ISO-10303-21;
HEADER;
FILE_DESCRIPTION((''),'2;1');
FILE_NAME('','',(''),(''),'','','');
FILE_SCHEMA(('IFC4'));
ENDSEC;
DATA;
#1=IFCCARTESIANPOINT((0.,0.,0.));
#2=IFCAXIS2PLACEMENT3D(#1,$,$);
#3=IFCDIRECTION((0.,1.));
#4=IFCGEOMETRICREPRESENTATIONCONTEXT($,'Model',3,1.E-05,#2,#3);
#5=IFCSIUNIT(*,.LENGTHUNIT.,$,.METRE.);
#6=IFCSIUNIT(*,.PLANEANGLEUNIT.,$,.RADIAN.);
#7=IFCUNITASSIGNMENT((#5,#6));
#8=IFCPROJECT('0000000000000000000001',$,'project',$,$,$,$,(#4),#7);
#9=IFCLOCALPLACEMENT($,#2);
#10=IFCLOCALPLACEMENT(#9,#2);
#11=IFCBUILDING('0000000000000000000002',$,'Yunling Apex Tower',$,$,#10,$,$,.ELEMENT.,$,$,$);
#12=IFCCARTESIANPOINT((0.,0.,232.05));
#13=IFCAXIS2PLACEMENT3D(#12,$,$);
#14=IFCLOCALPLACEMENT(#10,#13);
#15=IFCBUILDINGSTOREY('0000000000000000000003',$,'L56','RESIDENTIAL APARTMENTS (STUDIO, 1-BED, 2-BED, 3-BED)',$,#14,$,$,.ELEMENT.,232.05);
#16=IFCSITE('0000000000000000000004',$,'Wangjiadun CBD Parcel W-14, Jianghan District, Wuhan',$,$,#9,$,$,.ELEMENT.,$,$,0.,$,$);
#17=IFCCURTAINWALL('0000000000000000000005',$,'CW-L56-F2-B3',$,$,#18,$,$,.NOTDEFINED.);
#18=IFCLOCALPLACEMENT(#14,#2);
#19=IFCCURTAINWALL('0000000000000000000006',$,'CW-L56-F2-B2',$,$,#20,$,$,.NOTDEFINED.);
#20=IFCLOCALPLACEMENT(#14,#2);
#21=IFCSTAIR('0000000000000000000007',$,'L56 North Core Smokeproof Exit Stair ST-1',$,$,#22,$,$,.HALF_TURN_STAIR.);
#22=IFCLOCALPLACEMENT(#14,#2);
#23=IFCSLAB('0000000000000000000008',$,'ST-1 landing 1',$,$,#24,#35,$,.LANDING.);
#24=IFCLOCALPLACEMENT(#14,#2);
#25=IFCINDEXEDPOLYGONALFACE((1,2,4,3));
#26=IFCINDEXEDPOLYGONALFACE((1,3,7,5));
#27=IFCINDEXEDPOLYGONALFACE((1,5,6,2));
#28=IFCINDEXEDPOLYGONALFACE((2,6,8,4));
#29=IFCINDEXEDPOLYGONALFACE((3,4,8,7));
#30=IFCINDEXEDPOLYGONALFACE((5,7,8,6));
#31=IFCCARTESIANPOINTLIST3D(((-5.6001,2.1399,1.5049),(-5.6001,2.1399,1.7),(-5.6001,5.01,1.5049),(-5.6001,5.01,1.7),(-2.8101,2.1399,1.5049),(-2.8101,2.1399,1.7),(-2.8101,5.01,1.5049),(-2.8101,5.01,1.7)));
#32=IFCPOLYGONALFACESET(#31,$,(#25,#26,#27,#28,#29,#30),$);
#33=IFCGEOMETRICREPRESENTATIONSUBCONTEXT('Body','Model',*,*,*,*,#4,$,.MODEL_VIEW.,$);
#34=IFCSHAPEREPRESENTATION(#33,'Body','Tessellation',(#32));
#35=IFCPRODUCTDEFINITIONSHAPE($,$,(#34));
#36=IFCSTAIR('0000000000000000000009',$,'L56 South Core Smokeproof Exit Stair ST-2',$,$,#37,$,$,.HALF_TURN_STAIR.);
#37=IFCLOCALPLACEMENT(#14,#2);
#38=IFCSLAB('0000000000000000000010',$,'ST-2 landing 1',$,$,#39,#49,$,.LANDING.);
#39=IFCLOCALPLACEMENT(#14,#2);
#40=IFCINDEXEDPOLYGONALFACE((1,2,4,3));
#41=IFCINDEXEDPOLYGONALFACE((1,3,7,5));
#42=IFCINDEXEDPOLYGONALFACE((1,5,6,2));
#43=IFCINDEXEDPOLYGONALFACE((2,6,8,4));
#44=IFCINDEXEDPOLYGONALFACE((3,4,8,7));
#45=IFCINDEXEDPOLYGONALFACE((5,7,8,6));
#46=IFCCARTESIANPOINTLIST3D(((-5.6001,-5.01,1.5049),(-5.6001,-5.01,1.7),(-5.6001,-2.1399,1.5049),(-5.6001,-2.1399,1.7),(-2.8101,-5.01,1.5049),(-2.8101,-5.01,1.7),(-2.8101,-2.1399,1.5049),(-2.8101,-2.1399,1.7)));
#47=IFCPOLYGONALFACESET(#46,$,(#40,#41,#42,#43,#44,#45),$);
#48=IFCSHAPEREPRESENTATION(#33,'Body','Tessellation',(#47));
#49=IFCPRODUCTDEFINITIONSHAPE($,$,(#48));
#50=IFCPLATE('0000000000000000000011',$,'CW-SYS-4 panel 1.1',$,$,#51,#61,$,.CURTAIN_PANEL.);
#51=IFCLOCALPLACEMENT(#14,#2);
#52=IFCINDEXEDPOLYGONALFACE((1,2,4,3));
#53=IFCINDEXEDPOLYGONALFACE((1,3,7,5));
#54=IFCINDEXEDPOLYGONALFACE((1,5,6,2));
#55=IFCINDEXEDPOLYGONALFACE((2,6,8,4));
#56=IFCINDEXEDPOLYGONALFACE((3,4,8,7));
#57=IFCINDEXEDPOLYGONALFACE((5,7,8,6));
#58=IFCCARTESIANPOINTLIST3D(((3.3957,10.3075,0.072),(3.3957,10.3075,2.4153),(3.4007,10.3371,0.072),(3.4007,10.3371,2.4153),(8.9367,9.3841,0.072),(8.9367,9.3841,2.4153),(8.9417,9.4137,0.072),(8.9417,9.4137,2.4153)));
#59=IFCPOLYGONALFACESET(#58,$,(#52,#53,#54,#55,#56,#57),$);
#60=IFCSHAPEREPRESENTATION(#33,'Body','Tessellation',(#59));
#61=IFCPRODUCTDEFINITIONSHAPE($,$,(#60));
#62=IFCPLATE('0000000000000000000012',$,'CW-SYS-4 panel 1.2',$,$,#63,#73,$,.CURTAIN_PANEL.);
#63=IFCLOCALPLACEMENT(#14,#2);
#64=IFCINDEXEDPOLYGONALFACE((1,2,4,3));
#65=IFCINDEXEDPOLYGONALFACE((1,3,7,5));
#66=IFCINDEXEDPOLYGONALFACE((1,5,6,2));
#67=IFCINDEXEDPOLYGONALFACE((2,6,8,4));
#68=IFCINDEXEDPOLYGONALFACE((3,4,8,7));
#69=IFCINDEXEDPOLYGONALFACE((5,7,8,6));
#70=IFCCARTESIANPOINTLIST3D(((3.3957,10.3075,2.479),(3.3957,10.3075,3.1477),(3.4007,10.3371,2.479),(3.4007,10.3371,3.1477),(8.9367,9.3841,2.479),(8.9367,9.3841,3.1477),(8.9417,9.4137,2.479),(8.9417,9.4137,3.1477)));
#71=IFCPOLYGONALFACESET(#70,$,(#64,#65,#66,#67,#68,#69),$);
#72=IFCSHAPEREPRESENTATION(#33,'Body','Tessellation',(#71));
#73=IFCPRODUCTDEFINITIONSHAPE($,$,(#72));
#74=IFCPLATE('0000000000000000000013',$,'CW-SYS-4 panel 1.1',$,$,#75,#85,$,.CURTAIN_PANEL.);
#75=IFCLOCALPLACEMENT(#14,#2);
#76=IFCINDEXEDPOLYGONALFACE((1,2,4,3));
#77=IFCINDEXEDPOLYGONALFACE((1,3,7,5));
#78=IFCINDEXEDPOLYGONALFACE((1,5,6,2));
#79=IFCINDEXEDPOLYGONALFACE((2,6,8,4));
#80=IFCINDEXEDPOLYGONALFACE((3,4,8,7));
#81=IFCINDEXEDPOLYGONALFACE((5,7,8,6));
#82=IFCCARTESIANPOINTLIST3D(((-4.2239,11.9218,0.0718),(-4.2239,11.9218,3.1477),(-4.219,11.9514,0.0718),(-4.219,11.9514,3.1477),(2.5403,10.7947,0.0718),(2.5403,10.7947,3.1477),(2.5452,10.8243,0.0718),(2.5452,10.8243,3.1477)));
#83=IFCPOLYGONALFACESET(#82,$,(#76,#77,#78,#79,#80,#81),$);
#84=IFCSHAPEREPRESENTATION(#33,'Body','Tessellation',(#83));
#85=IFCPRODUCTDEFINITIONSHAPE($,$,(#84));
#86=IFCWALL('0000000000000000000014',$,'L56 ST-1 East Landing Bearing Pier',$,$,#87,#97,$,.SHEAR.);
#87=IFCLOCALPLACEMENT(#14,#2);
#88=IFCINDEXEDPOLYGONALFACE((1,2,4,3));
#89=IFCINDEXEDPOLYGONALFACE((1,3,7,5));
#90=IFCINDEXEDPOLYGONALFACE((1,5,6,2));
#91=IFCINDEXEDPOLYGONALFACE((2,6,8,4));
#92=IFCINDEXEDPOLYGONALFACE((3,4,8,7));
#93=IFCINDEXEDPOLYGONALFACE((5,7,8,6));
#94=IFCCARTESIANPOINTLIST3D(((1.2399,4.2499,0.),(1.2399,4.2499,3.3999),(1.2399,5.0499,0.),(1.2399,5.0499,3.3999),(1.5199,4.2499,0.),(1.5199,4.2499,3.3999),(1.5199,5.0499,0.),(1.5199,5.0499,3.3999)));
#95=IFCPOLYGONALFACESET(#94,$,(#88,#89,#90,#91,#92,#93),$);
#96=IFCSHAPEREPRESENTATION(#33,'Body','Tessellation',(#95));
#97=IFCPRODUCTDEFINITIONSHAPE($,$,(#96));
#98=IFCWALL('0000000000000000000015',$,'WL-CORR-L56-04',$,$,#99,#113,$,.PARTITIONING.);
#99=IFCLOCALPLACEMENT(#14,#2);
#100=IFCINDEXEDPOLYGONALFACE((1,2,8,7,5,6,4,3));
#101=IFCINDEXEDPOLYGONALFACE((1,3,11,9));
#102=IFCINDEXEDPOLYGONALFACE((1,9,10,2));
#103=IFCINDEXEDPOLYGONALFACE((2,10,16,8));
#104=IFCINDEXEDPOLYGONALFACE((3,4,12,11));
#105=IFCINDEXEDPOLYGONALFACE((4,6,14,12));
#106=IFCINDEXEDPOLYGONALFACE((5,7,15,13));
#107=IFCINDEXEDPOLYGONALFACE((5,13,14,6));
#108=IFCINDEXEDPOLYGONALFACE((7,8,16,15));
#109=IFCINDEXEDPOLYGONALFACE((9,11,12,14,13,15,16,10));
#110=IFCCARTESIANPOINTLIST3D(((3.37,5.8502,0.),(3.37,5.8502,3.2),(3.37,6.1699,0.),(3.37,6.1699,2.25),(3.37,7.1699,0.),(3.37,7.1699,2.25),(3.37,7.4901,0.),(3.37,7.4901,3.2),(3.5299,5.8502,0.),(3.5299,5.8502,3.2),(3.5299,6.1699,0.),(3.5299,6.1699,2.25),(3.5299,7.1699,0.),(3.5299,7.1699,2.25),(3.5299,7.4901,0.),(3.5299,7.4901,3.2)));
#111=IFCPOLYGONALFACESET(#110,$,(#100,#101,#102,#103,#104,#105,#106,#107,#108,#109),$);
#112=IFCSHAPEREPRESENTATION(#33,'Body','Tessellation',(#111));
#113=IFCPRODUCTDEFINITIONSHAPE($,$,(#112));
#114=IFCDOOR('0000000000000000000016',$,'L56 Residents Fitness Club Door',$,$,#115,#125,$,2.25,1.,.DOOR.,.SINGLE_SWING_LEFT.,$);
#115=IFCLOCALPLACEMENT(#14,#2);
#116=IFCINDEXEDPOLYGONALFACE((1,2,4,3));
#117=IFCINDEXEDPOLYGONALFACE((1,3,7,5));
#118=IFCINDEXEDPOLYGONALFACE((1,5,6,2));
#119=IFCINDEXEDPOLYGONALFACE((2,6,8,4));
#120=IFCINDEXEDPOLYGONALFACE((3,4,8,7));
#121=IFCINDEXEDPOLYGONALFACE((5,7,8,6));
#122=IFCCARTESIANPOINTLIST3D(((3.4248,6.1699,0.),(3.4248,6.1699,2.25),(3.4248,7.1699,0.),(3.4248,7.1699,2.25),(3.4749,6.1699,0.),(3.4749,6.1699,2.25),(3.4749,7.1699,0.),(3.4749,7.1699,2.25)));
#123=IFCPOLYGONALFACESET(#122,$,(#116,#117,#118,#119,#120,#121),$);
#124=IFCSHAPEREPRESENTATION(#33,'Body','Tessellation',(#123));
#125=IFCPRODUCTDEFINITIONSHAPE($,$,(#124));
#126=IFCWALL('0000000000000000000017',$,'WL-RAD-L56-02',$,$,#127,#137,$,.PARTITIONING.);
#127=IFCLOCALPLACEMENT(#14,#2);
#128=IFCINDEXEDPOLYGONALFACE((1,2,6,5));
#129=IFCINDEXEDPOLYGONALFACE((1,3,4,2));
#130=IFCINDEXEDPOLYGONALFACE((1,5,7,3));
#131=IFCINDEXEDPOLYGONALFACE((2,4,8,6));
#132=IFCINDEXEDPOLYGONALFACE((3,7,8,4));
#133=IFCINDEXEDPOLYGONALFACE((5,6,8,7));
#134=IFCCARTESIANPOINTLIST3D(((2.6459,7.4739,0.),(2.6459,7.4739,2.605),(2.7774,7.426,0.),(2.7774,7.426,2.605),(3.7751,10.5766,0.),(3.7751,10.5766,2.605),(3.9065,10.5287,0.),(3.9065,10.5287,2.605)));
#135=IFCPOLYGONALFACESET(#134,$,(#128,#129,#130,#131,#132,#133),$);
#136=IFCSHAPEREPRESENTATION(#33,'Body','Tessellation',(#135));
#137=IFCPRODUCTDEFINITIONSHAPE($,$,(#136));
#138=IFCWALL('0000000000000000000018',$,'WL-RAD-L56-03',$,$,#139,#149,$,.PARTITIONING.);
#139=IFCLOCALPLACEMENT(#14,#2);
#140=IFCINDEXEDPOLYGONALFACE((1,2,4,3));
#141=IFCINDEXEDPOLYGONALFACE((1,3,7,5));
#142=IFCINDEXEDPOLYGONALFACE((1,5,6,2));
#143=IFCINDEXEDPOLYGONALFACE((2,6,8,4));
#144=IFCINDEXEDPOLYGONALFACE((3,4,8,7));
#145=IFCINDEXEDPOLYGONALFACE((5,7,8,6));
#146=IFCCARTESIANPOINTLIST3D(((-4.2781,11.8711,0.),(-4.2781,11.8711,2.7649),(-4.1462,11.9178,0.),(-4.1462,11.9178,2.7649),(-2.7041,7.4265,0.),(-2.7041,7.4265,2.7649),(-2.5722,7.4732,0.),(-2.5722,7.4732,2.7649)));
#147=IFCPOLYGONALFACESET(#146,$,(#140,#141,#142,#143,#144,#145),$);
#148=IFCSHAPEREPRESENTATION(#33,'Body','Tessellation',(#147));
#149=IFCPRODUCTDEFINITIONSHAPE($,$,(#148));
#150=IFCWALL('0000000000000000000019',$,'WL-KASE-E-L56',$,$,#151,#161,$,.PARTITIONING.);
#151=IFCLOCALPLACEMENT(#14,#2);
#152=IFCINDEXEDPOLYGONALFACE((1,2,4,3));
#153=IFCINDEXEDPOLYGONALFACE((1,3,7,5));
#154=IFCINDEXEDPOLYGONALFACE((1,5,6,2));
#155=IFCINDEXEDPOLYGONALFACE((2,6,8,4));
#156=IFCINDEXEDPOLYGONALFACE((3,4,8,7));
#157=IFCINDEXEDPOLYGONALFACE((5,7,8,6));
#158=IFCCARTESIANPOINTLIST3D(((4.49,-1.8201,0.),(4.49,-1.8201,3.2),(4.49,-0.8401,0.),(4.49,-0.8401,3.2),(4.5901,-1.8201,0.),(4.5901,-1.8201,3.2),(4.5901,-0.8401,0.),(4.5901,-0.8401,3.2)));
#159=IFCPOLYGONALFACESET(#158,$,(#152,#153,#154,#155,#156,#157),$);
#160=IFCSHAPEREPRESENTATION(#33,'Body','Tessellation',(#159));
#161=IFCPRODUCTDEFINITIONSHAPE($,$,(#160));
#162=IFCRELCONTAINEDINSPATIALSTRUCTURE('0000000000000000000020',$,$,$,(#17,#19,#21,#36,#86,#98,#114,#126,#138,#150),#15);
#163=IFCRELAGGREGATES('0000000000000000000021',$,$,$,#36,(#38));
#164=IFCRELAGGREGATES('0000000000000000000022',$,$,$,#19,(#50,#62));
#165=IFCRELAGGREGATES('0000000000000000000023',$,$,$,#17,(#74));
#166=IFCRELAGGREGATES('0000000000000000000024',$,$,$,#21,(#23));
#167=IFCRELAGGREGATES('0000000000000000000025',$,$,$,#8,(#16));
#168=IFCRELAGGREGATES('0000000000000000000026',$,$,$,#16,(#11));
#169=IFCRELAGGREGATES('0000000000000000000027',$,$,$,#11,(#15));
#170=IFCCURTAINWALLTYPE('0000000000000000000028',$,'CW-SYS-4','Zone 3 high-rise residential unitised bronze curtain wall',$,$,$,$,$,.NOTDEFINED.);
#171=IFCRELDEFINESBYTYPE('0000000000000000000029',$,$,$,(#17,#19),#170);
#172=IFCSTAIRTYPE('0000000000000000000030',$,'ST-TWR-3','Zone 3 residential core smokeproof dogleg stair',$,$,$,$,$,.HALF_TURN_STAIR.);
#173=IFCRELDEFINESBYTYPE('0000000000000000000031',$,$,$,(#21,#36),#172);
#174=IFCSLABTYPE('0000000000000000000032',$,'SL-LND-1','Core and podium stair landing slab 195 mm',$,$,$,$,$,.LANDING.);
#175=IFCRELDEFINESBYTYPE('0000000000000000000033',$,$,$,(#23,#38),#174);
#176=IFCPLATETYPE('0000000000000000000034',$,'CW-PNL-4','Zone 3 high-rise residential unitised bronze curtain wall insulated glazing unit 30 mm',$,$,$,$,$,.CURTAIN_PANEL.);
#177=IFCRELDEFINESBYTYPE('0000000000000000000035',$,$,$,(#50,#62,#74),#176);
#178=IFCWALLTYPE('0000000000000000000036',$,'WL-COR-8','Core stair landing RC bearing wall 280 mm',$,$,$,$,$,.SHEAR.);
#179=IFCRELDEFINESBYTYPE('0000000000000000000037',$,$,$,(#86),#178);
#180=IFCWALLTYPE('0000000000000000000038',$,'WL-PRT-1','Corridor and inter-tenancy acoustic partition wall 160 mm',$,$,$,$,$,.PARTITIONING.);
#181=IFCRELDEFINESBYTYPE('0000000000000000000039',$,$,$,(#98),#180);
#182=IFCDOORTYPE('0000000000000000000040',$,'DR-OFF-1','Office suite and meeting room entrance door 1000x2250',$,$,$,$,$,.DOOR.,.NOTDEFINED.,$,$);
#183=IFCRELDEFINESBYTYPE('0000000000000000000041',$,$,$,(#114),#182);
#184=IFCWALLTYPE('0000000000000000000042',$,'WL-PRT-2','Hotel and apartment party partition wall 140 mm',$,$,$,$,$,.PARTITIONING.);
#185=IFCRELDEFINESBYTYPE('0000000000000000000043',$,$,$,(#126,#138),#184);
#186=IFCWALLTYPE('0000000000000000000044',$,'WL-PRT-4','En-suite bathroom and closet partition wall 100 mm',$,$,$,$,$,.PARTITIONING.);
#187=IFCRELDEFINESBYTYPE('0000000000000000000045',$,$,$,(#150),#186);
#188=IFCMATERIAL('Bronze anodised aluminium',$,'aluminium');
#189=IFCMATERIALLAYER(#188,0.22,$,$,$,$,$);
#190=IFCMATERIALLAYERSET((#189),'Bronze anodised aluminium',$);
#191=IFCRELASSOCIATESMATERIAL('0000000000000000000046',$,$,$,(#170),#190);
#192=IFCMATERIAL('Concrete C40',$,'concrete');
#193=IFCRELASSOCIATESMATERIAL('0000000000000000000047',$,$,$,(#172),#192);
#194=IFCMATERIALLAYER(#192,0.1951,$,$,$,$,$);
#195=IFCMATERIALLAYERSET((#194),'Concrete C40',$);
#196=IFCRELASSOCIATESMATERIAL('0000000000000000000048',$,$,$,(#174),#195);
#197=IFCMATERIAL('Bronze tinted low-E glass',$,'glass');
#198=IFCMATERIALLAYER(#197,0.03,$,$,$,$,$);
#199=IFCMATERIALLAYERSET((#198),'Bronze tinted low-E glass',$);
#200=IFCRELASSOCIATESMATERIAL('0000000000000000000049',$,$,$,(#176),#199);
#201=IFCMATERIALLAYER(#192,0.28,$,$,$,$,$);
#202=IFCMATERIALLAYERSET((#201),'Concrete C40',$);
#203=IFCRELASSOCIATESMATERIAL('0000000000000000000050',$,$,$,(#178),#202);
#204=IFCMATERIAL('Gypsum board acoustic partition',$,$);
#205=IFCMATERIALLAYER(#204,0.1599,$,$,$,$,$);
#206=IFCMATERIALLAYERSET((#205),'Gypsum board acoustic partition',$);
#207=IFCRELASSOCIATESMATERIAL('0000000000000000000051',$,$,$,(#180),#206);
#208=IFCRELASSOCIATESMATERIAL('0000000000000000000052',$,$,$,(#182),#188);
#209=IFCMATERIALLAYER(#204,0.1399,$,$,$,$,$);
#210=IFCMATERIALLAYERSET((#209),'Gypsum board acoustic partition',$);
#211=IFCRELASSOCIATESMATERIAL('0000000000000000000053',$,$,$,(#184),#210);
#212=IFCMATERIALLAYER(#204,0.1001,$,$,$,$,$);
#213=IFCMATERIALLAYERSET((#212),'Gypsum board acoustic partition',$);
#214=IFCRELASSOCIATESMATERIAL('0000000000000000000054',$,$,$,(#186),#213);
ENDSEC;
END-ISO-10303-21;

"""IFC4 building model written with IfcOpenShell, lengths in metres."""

from ifc_helpers import new_model, si_unit, direction, frame, frame_2d, origin, origin_2d, place, context, subcontext, project, spatial, polyline, rectangle, outline, extrude, source, transform, mapped, material, layer, layer_set, type_object, element, fill, aggregate, save


model = new_model("IFC4")

# Units and contexts
model_context = context("Model", 3, precision=1e-05, world=origin(), true_north=direction((0.0, 1.0)))
body_context = subcontext(model_context, "Body", "Model", "MODEL_VIEW")
ifc_project = project(units=[si_unit("LENGTHUNIT", "METRE"), si_unit("PLANEANGLEUNIT", "RADIAN")], contexts=[model_context])

# Site, building, storey
site_placement = place(None, origin())
site = spatial("IfcSite", under=ifc_project, at=site_placement, Name="Wangjiadun CBD Parcel W-14, Jianghan District, Wuhan", CompositionType="ELEMENT", RefElevation=0.0)
building_placement = place(site_placement, origin())
building = spatial("IfcBuilding", under=site, at=building_placement, Name="Yunling Apex Tower", CompositionType="ELEMENT")
storey_placement = place(building_placement, frame((0.0, 0.0, 232.05)))
storey = spatial("IfcBuildingStorey", under=building, at=storey_placement, Name="L56", Description="RESIDENTIAL APARTMENTS (STUDIO, 1-BED, 2-BED, 3-BED)", CompositionType="ELEMENT", Elevation=232.05)

# Curtain wall
ifc_material_1 = material(Name="Bronze anodised aluminium", Category="aluminium")
ifc_layer_1 = layer(ifc_material_1, 0.22)
ifc_layer_set_1 = layer_set([ifc_layer_1], Name="Bronze anodised aluminium")
curtain_wall_type = type_object("IfcCurtainWallType", Name="CW-SYS-4", Description="Zone 3 high-rise residential unitised bronze curtain wall", PredefinedType="NOTDEFINED", material=ifc_layer_set_1)
curtain_wall_1_placement = place(storey_placement, origin())
curtain_wall_1 = element("IfcCurtainWall", 1, at=curtain_wall_1_placement, inside=storey, type_object=curtain_wall_type, Name="CW-L56-F2-B3", PredefinedType="NOTDEFINED")

# Curtain wall
curtain_wall_2_placement = place(storey_placement, origin())
curtain_wall_2 = element("IfcCurtainWall", 2, at=curtain_wall_2_placement, inside=storey, type_object=curtain_wall_type, Name="CW-L56-F2-B2", PredefinedType="NOTDEFINED")

# Shared definitions
ifc_material_2 = material(Name="Concrete C40", Category="concrete")

# Stairs, slabs
stair_type = type_object("IfcStairType", Name="ST-TWR-3", Description="Zone 3 residential core smokeproof dogleg stair", PredefinedType="HALF_TURN_STAIR", material=ifc_material_2)
stair_1_placement = place(storey_placement, origin())
stair_1 = element("IfcStair", 3, at=stair_1_placement, inside=storey, type_object=stair_type, Name="L56 North Core Smokeproof Exit Stair ST-1", PredefinedType="HALF_TURN_STAIR")
ifc_layer_2 = layer(ifc_material_2, 0.1951)
ifc_layer_set_2 = layer_set([ifc_layer_2], Name="Concrete C40")
slab_type_1 = type_object("IfcSlabType", Name="SL-LND-1", Description="Core and podium stair landing slab 195 mm", PredefinedType="LANDING", material=ifc_layer_set_2)
slab_1_placement = place(storey_placement, frame((0.0, 0.0, 1.5049)))
slab_1 = element("IfcSlab", 4, at=slab_1_placement, type_object=slab_type_1, Name="ST-1 landing 1", PredefinedType="LANDING", context=body_context, shape_type="SweptSolid", body=[
    extrude(outline(polyline([(-2.8101, 5.01), (-5.6001, 5.01), (-5.6001, 2.1399), (-2.8101, 2.1399), (-2.8101, 5.01)])), origin(), (0.0, 0.0, 1.0), 0.1951),
])
stair_2_placement = place(storey_placement, origin())
stair_2 = element("IfcStair", 5, at=stair_2_placement, inside=storey, type_object=stair_type, Name="L56 South Core Smokeproof Exit Stair ST-2", PredefinedType="HALF_TURN_STAIR")
slab_2_placement = place(storey_placement, frame((0.0, 0.0, 1.5049)))
slab_2 = element("IfcSlab", 6, at=slab_2_placement, type_object=slab_type_1, Name="ST-2 landing 1", PredefinedType="LANDING", context=body_context, shape_type="SweptSolid", body=[
    extrude(outline(polyline([(-2.8101, -2.1399), (-5.6001, -2.1399), (-5.6001, -5.01), (-2.8101, -5.01), (-2.8101, -2.1399)])), origin(), (0.0, 0.0, 1.0), 0.1951),
])
aggregate(stair_2, [slab_2])

# Plates
ifc_material_3 = material(Name="Bronze tinted low-E glass", Category="glass")
ifc_layer_3 = layer(ifc_material_3, 0.03)
ifc_layer_set_3 = layer_set([ifc_layer_3], Name="Bronze tinted low-E glass")
plate_type = type_object("IfcPlateType", Name="CW-PNL-4", Description="Zone 3 high-rise residential unitised bronze curtain wall insulated glazing unit 30 mm", PredefinedType="CURTAIN_PANEL", material=ifc_layer_set_3)
shared_shape_1 = source(origin(), body_context, "Body", "SweptSolid", [
    extrude(rectangle(XDim=5.6174, YDim=0.03, at=origin_2d()), origin(), (0.0, 0.0, 1.0), 2.3433),
])
plate_1_placement = place(storey_placement, frame((6.1687, 9.8606, 0.072), z_axis=(0.0, 0.0, 1.0), x_axis=(-0.986399, 0.164371, 0.0)))
plate_1 = element("IfcPlate", 7, at=plate_1_placement, type_object=plate_type, Name="CW-SYS-4 panel 1.1", PredefinedType="CURTAIN_PANEL", context=body_context, shape_type="MappedRepresentation", body=[
    mapped(shared_shape_1, transform((0.0, 0.0, 0.0), scale=1.0)),
])
shared_shape_2 = source(origin(), body_context, "Body", "SweptSolid", [
    extrude(rectangle(XDim=5.6174, YDim=0.03, at=origin_2d()), origin(), (0.0, 0.0, 1.0), 0.6687),
])
plate_2_placement = place(storey_placement, frame((6.1687, 9.8606, 2.479), z_axis=(0.0, 0.0, 1.0), x_axis=(-0.986399, 0.164371, 0.0)))
plate_2 = element("IfcPlate", 8, at=plate_2_placement, type_object=plate_type, Name="CW-SYS-4 panel 1.2", PredefinedType="CURTAIN_PANEL", context=body_context, shape_type="MappedRepresentation", body=[
    mapped(shared_shape_2, transform((0.0, 0.0, 0.0), scale=1.0)),
])
aggregate(curtain_wall_2, [plate_1, plate_2])
shared_shape_3 = source(origin(), body_context, "Body", "SweptSolid", [
    extrude(rectangle(XDim=6.8574, YDim=0.03, at=origin_2d()), origin(), (0.0, 0.0, 1.0), 3.0759),
])
plate_3_placement = place(storey_placement, frame((-0.8394, 11.373, 0.0718), z_axis=(0.0, 0.0, 1.0), x_axis=(-0.986402, 0.164353, 0.0)))
plate_3 = element("IfcPlate", 9, at=plate_3_placement, type_object=plate_type, Name="CW-SYS-4 panel 1.1", PredefinedType="CURTAIN_PANEL", context=body_context, shape_type="MappedRepresentation", body=[
    mapped(shared_shape_3, transform((0.0, 0.0, 0.0), scale=1.0)),
])
aggregate(curtain_wall_1, [plate_3])

# Wall
ifc_layer_4 = layer(ifc_material_2, 0.28)
ifc_layer_set_4 = layer_set([ifc_layer_4], Name="Concrete C40")
wall_type_1 = type_object("IfcWallType", Name="WL-COR-8", Description="Core stair landing RC bearing wall 280 mm", PredefinedType="SHEAR", material=ifc_layer_set_4)
wall_1_placement = place(storey_placement, frame((1.3799, 4.25, 0.0), z_axis=(0.0, 0.0, 1.0), x_axis=(0.0, 1.0, 0.0)))
element("IfcWall", 10, at=wall_1_placement, inside=storey, type_object=wall_type_1, Name="L56 ST-1 East Landing Bearing Pier", PredefinedType="SHEAR", context=body_context, shape_type="SweptSolid", body=[
    extrude(rectangle(XDim=0.8, YDim=0.28, at=frame_2d((0.3999, 0.0))), origin(), (0.0, 0.0, 1.0), 3.3999),
])

# Wall, opening, door
ifc_material_4 = material(Name="Gypsum board acoustic partition")
ifc_layer_5 = layer(ifc_material_4, 0.1599)
ifc_layer_set_5 = layer_set([ifc_layer_5], Name="Gypsum board acoustic partition")
wall_type_2 = type_object("IfcWallType", Name="WL-PRT-1", Description="Corridor and inter-tenancy acoustic partition wall 160 mm", PredefinedType="PARTITIONING", material=ifc_layer_set_5)
wall_2_placement = place(storey_placement, frame((3.45, 7.49, 0.0), z_axis=(0.0, 0.0, 1.0), x_axis=(0.0, -1.0, 0.0)))
wall_2 = element("IfcWall", 11, at=wall_2_placement, inside=storey, type_object=wall_type_2, Name="WL-CORR-L56-04", PredefinedType="PARTITIONING", context=body_context, shape_type="SweptSolid", body=[
    extrude(rectangle(XDim=1.6399, YDim=0.1599, at=frame_2d((0.8198, 0.0))), origin(), (0.0, 0.0, 1.0), 3.2),
])
opening_1_placement = place(wall_2_placement, frame((0.3201, 0.0, 0.0)))
opening_1 = element("IfcOpeningElement", 12, at=opening_1_placement, cuts=wall_2, PredefinedType="OPENING", context=body_context, shape_type="SweptSolid", body=[
    extrude(rectangle(XDim=1.0, YDim=2.25, at=frame_2d((0.5, 1.125))), frame((0.0, 0.0898, 0.0), z_axis=(0.0, -1.0, 0.0), x_axis=(1.0, 0.0, 0.0)), (0.0, 0.0, 1.0), 0.1799),
])
door_type_1 = type_object("IfcDoorType", Name="DR-OFF-1", Description="Office suite and meeting room entrance door 1000x2250", OperationType="NOTDEFINED", PredefinedType="DOOR", material=ifc_material_1)
door_1_placement = place(opening_1_placement, origin())
door_1 = element("IfcDoor", 13, at=door_1_placement, inside=storey, type_object=door_type_1, Name="L56 Residents Fitness Club Door", OperationType="SINGLE_SWING_LEFT", OverallHeight=2.25, OverallWidth=1.0, PredefinedType="DOOR", context=body_context, shape_type="SweptSolid", body=[
    extrude(rectangle(XDim=1.0, YDim=2.25, at=frame_2d((0.5, 1.125))), frame((0.0, 0.0249, 0.0), z_axis=(0.0, -1.0, 0.0), x_axis=(1.0, 0.0, 0.0)), (0.0, 0.0, 1.0), 0.05),
])
fill(opening_1, door_1)

# Walls
ifc_layer_6 = layer(ifc_material_4, 0.1399)
ifc_layer_set_6 = layer_set([ifc_layer_6], Name="Gypsum board acoustic partition")
wall_type_3 = type_object("IfcWallType", Name="WL-PRT-2", Description="Hotel and apartment party partition wall 140 mm", PredefinedType="PARTITIONING", material=ifc_layer_set_6)
wall_3_placement = place(storey_placement, frame((2.7117, 7.45, 0.0), z_axis=(0.0, 0.0, 1.0), x_axis=(0.341975, 0.939709, 0.0)))
element("IfcWall", 14, at=wall_3_placement, inside=storey, type_object=wall_type_3, Name="WL-RAD-L56-02", PredefinedType="PARTITIONING", context=body_context, shape_type="SweptSolid", body=[
    extrude(rectangle(XDim=3.3018, YDim=0.1399, at=frame_2d((1.6509, 0.0))), origin(), (0.0, 0.0, 1.0), 2.605),
])
wall_4_placement = place(storey_placement, frame((-2.6382, 7.45, 0.0), z_axis=(0.0, 0.0, 1.0), x_axis=(-0.333819, 0.942637, 0.0)))
element("IfcWall", 15, at=wall_4_placement, inside=storey, type_object=wall_type_3, Name="WL-RAD-L56-03", PredefinedType="PARTITIONING", context=body_context, shape_type="SweptSolid", body=[
    extrude(rectangle(XDim=4.7151, YDim=0.1399, at=frame_2d((2.3574, 0.0))), origin(), (0.0, 0.0, 1.0), 2.7649),
])
ifc_layer_7 = layer(ifc_material_4, 0.1001)
ifc_layer_set_7 = layer_set([ifc_layer_7], Name="Gypsum board acoustic partition")
wall_type_4 = type_object("IfcWallType", Name="WL-PRT-4", Description="En-suite bathroom and closet partition wall 100 mm", PredefinedType="PARTITIONING", material=ifc_layer_set_7)
wall_5_placement = place(storey_placement, frame((4.54, -1.8201, 0.0), z_axis=(0.0, 0.0, 1.0), x_axis=(0.0, 1.0, 0.0)))
element("IfcWall", 16, at=wall_5_placement, inside=storey, type_object=wall_type_4, Name="WL-KASE-E-L56", PredefinedType="PARTITIONING", context=body_context, shape_type="SweptSolid", body=[
    extrude(rectangle(XDim=0.98, YDim=0.1001, at=frame_2d((0.49, 0.0))), origin(), (0.0, 0.0, 1.0), 3.2),
])

aggregate(stair_1, [slab_1])

save(model, "model.ifc")
